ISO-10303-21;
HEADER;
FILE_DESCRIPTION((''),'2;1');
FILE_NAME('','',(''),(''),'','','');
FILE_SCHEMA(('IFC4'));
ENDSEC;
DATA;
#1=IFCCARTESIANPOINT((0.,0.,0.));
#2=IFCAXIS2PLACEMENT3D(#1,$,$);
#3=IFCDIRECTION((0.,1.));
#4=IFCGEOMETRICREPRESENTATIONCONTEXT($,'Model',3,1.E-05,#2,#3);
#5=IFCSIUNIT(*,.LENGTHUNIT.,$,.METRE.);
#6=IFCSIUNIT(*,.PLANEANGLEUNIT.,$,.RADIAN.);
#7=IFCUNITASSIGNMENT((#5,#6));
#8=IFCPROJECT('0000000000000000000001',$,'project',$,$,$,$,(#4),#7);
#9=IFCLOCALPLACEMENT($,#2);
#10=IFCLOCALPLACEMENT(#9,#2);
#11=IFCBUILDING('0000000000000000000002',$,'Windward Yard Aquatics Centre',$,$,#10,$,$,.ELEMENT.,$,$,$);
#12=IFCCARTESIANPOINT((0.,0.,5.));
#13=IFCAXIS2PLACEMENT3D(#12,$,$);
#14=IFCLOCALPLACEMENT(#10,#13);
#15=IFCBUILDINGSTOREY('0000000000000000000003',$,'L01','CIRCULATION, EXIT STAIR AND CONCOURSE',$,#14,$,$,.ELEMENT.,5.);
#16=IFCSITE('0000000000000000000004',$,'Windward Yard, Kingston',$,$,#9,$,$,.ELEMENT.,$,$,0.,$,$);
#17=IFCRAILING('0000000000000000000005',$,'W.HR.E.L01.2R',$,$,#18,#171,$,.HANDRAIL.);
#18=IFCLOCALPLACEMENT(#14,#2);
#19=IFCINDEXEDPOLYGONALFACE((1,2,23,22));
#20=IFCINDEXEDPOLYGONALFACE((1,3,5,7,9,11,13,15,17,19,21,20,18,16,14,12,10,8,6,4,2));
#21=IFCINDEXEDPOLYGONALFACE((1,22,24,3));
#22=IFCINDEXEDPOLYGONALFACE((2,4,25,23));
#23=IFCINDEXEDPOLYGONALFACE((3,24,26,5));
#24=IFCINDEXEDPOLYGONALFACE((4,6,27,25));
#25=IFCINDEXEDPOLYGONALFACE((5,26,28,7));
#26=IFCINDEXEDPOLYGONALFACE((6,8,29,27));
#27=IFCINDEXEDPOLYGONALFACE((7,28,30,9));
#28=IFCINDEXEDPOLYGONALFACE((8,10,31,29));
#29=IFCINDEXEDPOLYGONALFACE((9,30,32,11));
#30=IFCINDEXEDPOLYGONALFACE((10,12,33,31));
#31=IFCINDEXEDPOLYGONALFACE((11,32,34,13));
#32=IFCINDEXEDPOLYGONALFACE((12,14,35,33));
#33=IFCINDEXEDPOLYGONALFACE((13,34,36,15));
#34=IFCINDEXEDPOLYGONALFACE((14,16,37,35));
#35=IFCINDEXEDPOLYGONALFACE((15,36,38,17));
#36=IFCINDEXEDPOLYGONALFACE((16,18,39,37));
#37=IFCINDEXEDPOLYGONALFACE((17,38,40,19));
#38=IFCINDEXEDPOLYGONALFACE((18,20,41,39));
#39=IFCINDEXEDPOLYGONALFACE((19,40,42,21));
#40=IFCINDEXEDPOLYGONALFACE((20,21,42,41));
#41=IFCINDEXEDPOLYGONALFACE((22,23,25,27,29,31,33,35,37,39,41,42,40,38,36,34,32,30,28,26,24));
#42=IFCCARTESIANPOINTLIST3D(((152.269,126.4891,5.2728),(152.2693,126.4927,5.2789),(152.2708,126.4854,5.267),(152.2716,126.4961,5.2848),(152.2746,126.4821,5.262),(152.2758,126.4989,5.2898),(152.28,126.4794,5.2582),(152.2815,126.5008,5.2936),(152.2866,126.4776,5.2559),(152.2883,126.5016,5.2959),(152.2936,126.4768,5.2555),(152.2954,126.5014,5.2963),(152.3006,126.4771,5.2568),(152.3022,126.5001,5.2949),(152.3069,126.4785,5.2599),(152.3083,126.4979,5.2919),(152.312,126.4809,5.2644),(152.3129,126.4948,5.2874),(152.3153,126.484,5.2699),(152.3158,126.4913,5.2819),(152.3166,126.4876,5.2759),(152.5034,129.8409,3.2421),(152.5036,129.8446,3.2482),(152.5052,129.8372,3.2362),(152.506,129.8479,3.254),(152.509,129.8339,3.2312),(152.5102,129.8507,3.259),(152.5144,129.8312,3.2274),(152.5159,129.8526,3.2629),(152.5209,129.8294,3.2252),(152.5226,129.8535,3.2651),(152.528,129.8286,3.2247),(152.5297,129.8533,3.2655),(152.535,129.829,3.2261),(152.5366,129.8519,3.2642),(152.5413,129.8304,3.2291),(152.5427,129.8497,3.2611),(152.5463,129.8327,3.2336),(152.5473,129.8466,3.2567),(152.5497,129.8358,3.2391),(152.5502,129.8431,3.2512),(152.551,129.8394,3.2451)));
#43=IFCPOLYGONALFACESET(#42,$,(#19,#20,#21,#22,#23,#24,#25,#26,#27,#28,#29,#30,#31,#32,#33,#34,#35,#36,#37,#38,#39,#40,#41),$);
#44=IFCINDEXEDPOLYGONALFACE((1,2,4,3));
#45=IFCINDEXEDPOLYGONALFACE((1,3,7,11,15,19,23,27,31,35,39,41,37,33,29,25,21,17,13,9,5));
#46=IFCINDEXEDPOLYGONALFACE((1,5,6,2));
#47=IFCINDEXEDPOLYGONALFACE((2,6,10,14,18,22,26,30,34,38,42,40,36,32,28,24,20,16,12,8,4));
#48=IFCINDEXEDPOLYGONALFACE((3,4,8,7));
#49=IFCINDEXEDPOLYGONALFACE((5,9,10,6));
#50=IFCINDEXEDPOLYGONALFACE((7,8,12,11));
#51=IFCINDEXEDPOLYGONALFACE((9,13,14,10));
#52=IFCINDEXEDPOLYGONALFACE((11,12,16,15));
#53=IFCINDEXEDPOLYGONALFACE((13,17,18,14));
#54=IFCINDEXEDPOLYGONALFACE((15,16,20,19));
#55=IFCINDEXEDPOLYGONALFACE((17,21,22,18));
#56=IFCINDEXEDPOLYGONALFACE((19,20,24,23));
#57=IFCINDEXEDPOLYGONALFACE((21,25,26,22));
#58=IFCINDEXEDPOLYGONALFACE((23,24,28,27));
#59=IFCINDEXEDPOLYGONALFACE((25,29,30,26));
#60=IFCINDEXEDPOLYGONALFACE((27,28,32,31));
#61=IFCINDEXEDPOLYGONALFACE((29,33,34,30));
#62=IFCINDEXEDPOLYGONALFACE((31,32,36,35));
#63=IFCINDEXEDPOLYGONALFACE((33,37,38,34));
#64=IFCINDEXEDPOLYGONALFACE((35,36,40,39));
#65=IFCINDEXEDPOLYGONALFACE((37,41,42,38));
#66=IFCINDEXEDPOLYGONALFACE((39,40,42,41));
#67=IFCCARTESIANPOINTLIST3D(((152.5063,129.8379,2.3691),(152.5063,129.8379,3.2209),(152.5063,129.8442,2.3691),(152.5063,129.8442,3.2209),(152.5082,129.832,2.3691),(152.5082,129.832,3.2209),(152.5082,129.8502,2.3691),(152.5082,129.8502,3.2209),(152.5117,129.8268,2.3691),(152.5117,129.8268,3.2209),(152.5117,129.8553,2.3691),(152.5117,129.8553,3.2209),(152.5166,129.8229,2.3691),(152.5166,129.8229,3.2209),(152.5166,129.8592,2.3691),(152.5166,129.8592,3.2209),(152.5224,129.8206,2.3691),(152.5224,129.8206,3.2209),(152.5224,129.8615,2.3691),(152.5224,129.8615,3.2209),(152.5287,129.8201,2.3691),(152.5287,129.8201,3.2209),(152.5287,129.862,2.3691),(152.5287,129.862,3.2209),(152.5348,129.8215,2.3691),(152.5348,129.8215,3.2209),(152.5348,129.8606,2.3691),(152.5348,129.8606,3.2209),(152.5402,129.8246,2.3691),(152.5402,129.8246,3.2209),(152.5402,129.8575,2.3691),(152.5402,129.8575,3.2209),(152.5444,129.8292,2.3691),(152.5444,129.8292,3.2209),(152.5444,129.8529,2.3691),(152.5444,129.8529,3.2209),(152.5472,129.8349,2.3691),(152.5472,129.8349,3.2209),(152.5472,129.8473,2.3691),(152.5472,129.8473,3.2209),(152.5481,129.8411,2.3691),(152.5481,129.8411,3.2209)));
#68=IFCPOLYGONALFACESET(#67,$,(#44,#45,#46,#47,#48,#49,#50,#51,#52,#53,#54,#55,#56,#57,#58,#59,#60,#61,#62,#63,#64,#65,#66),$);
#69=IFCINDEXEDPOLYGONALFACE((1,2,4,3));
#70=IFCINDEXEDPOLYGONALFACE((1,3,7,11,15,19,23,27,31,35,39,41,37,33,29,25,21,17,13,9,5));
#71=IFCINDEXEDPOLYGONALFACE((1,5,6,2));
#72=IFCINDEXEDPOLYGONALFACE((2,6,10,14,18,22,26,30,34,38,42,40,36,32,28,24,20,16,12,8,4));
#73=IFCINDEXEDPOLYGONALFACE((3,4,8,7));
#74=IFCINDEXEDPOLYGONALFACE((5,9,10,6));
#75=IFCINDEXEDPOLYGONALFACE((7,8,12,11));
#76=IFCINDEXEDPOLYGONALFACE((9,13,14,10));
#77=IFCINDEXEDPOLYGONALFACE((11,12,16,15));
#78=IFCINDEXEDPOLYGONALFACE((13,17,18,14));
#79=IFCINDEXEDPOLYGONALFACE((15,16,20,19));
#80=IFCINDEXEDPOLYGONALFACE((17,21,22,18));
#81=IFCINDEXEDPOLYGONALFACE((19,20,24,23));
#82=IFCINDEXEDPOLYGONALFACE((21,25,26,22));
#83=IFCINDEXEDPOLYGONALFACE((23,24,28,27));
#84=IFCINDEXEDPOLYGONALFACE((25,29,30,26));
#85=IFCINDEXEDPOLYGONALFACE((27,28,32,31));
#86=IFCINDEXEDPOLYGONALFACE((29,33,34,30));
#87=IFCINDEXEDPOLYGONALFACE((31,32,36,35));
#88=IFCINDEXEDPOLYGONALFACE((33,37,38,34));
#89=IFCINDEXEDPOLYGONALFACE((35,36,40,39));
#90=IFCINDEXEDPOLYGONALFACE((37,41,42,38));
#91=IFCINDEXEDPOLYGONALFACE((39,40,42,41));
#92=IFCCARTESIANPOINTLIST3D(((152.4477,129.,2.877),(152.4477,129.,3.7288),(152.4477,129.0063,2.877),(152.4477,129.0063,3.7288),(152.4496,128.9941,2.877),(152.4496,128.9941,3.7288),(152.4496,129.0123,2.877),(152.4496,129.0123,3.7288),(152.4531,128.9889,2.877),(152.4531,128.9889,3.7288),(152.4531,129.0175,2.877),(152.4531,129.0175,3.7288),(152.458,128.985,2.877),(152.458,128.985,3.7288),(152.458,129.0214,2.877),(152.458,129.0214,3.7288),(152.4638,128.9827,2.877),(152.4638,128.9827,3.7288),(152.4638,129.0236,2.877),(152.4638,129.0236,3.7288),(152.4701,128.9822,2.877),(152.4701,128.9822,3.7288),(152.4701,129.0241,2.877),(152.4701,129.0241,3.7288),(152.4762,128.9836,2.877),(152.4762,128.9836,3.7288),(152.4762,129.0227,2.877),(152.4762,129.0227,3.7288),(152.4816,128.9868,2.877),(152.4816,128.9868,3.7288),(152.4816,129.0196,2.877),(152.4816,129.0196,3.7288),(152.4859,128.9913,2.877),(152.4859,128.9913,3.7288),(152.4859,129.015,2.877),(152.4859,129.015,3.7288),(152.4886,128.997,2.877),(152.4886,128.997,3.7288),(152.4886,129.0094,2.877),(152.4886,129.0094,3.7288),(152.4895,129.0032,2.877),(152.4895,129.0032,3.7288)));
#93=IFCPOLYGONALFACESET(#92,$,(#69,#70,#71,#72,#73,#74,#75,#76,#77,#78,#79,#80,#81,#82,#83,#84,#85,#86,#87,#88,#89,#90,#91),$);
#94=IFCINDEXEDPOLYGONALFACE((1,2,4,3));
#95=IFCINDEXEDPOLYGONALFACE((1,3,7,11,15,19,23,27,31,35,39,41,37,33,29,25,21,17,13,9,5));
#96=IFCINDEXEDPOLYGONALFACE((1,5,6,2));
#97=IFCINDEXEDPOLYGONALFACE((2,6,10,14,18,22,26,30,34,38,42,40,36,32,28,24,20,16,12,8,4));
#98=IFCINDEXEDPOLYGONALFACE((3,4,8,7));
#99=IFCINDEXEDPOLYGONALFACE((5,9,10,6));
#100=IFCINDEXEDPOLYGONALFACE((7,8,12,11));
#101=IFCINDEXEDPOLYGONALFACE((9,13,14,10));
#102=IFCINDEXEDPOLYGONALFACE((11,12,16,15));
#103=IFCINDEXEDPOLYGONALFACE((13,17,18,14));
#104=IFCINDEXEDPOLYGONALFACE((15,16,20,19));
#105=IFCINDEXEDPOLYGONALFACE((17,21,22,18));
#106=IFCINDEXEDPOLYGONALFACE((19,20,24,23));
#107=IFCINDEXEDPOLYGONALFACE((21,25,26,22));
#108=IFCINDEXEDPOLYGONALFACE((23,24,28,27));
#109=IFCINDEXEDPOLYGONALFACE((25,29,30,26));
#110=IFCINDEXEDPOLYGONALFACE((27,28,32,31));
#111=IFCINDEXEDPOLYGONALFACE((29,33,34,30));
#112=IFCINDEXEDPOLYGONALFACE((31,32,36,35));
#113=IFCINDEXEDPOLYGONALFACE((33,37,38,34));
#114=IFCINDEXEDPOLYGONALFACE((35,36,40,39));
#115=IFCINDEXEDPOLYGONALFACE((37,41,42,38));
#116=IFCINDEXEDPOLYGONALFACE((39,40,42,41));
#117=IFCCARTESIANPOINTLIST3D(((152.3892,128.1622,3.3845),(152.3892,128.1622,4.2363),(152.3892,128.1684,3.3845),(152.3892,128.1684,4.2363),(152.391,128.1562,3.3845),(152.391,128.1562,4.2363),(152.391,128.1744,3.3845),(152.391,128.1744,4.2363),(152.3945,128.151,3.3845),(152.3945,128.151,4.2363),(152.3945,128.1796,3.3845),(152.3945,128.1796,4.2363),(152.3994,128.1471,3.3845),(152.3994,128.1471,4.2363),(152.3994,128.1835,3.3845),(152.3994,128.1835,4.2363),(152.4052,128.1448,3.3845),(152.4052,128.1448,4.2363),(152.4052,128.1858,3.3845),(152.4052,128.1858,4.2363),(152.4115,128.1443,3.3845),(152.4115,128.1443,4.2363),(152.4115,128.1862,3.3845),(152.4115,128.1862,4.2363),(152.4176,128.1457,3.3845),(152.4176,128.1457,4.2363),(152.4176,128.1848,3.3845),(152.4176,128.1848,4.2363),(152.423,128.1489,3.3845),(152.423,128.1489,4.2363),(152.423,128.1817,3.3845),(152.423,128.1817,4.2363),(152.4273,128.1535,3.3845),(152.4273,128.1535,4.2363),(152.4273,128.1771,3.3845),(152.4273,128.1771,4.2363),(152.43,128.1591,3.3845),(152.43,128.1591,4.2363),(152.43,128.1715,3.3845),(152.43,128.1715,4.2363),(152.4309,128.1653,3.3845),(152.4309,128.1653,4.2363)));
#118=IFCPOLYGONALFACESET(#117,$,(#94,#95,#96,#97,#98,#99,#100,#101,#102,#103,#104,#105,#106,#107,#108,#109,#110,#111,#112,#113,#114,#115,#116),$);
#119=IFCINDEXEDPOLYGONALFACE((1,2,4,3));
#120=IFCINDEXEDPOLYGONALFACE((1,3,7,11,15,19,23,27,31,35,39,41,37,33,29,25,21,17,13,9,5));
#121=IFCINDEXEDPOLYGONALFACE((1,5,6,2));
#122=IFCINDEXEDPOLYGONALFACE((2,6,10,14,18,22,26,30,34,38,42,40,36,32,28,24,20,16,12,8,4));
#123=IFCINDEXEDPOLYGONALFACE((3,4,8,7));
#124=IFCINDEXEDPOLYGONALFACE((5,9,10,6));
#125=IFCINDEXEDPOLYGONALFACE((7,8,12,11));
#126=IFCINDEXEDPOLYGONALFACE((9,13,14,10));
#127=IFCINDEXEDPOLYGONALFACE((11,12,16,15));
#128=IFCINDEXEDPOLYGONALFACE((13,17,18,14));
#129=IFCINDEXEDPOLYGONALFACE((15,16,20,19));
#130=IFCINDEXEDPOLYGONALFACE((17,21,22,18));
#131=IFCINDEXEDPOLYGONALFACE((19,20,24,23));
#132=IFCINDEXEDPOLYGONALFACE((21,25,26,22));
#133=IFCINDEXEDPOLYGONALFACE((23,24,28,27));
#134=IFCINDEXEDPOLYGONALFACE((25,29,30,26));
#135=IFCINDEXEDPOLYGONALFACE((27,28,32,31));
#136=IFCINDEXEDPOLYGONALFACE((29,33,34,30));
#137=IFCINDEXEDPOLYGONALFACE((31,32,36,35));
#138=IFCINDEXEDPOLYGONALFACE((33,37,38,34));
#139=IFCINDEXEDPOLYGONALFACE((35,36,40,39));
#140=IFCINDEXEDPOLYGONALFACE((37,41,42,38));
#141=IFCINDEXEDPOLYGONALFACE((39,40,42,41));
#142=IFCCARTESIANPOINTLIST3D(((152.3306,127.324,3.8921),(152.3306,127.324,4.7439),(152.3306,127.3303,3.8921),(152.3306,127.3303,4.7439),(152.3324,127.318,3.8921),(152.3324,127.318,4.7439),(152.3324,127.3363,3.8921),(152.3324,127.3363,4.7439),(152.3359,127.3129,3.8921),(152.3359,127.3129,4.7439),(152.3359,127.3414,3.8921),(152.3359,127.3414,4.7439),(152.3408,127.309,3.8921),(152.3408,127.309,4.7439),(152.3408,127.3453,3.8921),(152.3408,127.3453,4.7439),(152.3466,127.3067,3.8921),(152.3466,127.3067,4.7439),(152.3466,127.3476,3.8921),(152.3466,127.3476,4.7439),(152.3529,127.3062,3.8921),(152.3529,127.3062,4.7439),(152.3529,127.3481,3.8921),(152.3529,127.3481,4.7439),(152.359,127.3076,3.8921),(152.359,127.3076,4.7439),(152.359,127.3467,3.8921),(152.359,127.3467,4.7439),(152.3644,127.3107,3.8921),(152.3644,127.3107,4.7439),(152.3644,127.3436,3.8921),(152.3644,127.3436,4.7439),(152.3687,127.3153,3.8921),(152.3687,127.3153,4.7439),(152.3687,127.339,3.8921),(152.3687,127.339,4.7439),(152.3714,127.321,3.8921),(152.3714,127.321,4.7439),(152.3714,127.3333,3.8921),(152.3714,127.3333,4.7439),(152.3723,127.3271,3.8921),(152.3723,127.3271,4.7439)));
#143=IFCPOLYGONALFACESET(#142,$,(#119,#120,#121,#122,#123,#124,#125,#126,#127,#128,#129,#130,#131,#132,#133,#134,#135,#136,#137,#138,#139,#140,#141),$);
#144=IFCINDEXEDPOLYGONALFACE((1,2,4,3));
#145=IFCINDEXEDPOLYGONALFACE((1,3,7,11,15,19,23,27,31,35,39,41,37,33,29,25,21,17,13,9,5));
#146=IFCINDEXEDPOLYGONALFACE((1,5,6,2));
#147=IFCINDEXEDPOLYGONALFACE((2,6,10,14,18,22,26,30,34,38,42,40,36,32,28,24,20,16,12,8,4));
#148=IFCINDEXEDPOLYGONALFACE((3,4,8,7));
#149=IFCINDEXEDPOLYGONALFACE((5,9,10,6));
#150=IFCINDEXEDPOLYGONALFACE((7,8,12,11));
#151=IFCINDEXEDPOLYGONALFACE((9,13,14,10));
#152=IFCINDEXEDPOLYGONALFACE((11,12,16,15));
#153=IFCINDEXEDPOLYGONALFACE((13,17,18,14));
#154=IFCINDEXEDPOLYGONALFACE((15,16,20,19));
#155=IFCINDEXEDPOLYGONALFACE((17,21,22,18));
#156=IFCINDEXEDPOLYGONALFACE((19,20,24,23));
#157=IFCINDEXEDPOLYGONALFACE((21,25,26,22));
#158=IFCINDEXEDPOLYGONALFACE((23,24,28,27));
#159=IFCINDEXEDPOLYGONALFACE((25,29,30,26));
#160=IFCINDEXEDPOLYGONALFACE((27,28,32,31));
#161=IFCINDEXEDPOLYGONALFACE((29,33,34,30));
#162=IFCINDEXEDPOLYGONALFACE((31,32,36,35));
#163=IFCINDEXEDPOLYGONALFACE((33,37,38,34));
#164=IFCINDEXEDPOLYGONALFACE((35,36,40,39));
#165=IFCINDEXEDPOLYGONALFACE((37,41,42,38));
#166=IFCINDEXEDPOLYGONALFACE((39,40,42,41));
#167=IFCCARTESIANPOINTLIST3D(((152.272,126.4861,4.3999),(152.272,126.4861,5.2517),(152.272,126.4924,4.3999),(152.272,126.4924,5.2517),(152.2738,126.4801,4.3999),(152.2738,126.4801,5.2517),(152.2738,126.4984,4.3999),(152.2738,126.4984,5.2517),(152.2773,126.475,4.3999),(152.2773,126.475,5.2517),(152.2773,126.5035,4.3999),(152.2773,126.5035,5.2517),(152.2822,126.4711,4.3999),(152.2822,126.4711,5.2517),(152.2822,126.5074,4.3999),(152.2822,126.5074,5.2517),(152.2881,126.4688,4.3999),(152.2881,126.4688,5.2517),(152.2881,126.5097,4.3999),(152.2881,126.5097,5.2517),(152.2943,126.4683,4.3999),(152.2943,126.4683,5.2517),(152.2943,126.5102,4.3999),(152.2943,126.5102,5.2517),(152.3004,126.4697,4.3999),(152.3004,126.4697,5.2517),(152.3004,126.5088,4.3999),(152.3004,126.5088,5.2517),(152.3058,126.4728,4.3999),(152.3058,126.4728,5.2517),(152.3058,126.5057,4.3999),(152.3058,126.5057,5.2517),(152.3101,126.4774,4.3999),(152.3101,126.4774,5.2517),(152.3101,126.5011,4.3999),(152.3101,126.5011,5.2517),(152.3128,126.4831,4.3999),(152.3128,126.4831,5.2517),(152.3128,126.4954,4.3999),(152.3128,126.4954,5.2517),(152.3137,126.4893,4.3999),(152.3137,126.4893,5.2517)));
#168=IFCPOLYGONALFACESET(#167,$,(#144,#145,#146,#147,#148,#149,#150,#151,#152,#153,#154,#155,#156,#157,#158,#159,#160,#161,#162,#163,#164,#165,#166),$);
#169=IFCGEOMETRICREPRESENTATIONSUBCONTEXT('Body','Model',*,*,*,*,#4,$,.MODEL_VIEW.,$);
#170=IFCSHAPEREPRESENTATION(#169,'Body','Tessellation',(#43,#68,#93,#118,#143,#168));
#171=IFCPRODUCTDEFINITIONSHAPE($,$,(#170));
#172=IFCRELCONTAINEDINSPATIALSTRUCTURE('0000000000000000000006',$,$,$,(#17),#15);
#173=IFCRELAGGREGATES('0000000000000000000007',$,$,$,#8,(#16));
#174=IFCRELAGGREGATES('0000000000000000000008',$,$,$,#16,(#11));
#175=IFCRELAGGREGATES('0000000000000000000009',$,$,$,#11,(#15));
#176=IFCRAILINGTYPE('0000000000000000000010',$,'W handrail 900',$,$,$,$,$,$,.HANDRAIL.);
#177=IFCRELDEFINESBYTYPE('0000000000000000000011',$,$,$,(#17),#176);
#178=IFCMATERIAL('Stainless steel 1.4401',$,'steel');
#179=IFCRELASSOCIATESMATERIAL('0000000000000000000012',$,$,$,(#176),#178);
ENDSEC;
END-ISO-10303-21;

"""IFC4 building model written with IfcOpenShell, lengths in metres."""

from ifc_helpers import new_model, si_unit, direction, frame, origin, origin_2d, place, context, subcontext, project, spatial, circle, extrude, material, type_object, element, save


model = new_model("IFC4")

# Units and contexts
model_context = context("Model", 3, precision=1e-05, world=origin(), true_north=direction((0.0, 1.0)))
body_context = subcontext(model_context, "Body", "Model", "MODEL_VIEW")
ifc_project = project(units=[si_unit("LENGTHUNIT", "METRE"), si_unit("PLANEANGLEUNIT", "RADIAN")], contexts=[model_context])

# Site, building, storey
site_placement = place(None, origin())
site = spatial("IfcSite", under=ifc_project, at=site_placement, Name="Windward Yard, Kingston", CompositionType="ELEMENT", RefElevation=0.0)
building_placement = place(site_placement, origin())
building = spatial("IfcBuilding", under=site, at=building_placement, Name="Windward Yard Aquatics Centre", CompositionType="ELEMENT")
storey_placement = place(building_placement, frame((0.0, 0.0, 5.0)))
storey = spatial("IfcBuildingStorey", under=building, at=storey_placement, Name="L01", Description="CIRCULATION, EXIT STAIR AND CONCOURSE", CompositionType="ELEMENT", Elevation=5.0)

# Railing
ifc_material_1 = material(Name="Stainless steel 1.4401", Category="steel")
railing_type_1 = type_object("IfcRailingType", Name="W handrail 900", PredefinedType="HANDRAIL", material=ifc_material_1)
for number, where, name in (
    (1, (152.5271, 129.8411, 2.3691), "W.HR.E.L01.2R"),
):
    element("IfcRailing", number, at=place(storey_placement, frame(where)), inside=storey, type_object=railing_type_1, Name=name, PredefinedType="HANDRAIL", context=body_context, shape_type="SweptSolid", body=[
        extrude(circle(Radius=0.0239, at=origin_2d()), frame((0.0, 0.0, 0.876), z_axis=(-0.059698, -0.853744, 0.517259), x_axis=(0.997564, -0.069755, 0.0)), (0.0, 0.0, 1.0), 3.926),
        extrude(circle(Radius=0.021, at=origin_2d()), origin(), (0.0, 0.0, 1.0), 0.8518),
        extrude(circle(Radius=0.021, at=origin_2d()), frame((-0.0586, -0.8379, 0.5078)), (0.0, 0.0, 1.0), 0.8518),
        extrude(circle(Radius=0.021, at=origin_2d()), frame((-0.1172, -1.6758, 1.0154)), (0.0, 0.0, 1.0), 0.8518),
        extrude(circle(Radius=0.021, at=origin_2d()), frame((-0.1758, -2.5139, 1.5229)), (0.0, 0.0, 1.0), 0.8518),
        extrude(circle(Radius=0.021, at=origin_2d()), frame((-0.2344, -3.3518, 2.0308)), (0.0, 0.0, 1.0), 0.8518),
    ])

save(model, "model.ifc")
